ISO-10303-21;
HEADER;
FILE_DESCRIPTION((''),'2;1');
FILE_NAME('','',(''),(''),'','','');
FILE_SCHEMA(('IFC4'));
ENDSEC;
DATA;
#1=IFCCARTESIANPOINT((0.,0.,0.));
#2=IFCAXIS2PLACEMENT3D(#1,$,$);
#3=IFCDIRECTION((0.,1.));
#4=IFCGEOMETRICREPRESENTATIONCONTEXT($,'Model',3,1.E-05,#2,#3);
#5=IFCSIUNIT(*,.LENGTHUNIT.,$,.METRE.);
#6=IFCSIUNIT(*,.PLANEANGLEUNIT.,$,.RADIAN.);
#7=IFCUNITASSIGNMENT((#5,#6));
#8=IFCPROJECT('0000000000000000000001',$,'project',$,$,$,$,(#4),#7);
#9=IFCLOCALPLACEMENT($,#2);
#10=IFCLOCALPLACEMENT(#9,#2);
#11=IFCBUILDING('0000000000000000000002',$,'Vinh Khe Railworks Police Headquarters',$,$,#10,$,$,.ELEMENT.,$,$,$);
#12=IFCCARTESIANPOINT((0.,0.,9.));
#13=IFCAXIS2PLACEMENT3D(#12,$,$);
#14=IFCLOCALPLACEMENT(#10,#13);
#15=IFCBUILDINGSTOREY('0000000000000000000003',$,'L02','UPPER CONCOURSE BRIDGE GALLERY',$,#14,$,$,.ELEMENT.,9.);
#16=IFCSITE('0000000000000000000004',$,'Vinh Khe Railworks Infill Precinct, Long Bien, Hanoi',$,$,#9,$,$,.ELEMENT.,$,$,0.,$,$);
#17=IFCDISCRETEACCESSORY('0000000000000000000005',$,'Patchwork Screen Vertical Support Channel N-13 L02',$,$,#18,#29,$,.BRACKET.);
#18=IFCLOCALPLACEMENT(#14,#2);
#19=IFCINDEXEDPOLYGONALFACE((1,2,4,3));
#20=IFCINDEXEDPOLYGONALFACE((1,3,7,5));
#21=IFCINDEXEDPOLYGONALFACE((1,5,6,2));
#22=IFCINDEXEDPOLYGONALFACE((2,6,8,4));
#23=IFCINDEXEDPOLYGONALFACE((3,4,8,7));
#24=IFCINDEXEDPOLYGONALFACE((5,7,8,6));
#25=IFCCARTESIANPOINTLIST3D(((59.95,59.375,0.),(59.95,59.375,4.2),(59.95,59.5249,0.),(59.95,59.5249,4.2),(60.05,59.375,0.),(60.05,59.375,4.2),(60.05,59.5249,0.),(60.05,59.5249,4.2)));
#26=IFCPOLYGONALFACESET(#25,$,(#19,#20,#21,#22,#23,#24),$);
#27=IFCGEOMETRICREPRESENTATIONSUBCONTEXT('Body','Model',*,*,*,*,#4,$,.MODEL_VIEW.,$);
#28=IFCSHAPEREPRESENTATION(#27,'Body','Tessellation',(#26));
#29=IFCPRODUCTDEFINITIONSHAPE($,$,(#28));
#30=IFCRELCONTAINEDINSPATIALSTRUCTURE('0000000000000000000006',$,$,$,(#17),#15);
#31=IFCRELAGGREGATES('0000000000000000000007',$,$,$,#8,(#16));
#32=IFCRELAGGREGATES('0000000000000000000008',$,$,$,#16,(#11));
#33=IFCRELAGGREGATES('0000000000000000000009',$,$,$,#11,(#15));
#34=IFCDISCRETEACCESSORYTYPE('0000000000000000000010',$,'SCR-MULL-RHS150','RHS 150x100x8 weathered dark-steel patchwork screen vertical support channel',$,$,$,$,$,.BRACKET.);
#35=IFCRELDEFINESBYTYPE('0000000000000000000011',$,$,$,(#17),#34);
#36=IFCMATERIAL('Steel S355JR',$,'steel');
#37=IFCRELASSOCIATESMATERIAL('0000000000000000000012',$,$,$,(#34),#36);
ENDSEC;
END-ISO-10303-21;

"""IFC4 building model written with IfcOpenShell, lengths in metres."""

from ifc_helpers import new_model, si_unit, direction, frame, origin, origin_2d, place, context, subcontext, project, spatial, rectangle, extrude, material, type_object, element, save


model = new_model("IFC4")

# Units and contexts
model_context = context("Model", 3, precision=1e-05, world=origin(), true_north=direction((0.0, 1.0)))
body_context = subcontext(model_context, "Body", "Model", "MODEL_VIEW")
ifc_project = project(units=[si_unit("LENGTHUNIT", "METRE"), si_unit("PLANEANGLEUNIT", "RADIAN")], contexts=[model_context])

# Site, building, storey
site_placement = place(None, origin())
site = spatial("IfcSite", under=ifc_project, at=site_placement, Name="Vinh Khe Railworks Infill Precinct, Long Bien, Hanoi", CompositionType="ELEMENT", RefElevation=0.0)
building_placement = place(site_placement, origin())
building = spatial("IfcBuilding", under=site, at=building_placement, Name="Vinh Khe Railworks Police Headquarters", CompositionType="ELEMENT")
storey_placement = place(building_placement, frame((0.0, 0.0, 9.0)))
storey = spatial("IfcBuildingStorey", under=building, at=storey_placement, Name="L02", Description="UPPER CONCOURSE BRIDGE GALLERY", CompositionType="ELEMENT", Elevation=9.0)

# Shared definitions
ifc_material_1 = material(Name="Steel S355JR", Category="steel")

# Discrete accessory
discrete_accessory_type = type_object("IfcDiscreteAccessoryType", Name="SCR-MULL-RHS150", Description="RHS 150x100x8 weathered dark-steel patchwork screen vertical support channel", PredefinedType="BRACKET", material=ifc_material_1)
discrete_accessory_placement = place(storey_placement, frame((60.0, 59.45, 0.0), z_axis=(0.0, 0.0, 1.0), x_axis=(1.0, 0.0, 0.0)))
element("IfcDiscreteAccessory", 1, at=discrete_accessory_placement, inside=storey, type_object=discrete_accessory_type, Name="Patchwork Screen Vertical Support Channel N-13 L02", PredefinedType="BRACKET", context=body_context, shape_type="SweptSolid", body=[
    extrude(rectangle(XDim=0.1001, YDim=0.1499, at=origin_2d()), origin(), (0.0, 0.0, 1.0), 4.2),
])

save(model, "model.ifc")
